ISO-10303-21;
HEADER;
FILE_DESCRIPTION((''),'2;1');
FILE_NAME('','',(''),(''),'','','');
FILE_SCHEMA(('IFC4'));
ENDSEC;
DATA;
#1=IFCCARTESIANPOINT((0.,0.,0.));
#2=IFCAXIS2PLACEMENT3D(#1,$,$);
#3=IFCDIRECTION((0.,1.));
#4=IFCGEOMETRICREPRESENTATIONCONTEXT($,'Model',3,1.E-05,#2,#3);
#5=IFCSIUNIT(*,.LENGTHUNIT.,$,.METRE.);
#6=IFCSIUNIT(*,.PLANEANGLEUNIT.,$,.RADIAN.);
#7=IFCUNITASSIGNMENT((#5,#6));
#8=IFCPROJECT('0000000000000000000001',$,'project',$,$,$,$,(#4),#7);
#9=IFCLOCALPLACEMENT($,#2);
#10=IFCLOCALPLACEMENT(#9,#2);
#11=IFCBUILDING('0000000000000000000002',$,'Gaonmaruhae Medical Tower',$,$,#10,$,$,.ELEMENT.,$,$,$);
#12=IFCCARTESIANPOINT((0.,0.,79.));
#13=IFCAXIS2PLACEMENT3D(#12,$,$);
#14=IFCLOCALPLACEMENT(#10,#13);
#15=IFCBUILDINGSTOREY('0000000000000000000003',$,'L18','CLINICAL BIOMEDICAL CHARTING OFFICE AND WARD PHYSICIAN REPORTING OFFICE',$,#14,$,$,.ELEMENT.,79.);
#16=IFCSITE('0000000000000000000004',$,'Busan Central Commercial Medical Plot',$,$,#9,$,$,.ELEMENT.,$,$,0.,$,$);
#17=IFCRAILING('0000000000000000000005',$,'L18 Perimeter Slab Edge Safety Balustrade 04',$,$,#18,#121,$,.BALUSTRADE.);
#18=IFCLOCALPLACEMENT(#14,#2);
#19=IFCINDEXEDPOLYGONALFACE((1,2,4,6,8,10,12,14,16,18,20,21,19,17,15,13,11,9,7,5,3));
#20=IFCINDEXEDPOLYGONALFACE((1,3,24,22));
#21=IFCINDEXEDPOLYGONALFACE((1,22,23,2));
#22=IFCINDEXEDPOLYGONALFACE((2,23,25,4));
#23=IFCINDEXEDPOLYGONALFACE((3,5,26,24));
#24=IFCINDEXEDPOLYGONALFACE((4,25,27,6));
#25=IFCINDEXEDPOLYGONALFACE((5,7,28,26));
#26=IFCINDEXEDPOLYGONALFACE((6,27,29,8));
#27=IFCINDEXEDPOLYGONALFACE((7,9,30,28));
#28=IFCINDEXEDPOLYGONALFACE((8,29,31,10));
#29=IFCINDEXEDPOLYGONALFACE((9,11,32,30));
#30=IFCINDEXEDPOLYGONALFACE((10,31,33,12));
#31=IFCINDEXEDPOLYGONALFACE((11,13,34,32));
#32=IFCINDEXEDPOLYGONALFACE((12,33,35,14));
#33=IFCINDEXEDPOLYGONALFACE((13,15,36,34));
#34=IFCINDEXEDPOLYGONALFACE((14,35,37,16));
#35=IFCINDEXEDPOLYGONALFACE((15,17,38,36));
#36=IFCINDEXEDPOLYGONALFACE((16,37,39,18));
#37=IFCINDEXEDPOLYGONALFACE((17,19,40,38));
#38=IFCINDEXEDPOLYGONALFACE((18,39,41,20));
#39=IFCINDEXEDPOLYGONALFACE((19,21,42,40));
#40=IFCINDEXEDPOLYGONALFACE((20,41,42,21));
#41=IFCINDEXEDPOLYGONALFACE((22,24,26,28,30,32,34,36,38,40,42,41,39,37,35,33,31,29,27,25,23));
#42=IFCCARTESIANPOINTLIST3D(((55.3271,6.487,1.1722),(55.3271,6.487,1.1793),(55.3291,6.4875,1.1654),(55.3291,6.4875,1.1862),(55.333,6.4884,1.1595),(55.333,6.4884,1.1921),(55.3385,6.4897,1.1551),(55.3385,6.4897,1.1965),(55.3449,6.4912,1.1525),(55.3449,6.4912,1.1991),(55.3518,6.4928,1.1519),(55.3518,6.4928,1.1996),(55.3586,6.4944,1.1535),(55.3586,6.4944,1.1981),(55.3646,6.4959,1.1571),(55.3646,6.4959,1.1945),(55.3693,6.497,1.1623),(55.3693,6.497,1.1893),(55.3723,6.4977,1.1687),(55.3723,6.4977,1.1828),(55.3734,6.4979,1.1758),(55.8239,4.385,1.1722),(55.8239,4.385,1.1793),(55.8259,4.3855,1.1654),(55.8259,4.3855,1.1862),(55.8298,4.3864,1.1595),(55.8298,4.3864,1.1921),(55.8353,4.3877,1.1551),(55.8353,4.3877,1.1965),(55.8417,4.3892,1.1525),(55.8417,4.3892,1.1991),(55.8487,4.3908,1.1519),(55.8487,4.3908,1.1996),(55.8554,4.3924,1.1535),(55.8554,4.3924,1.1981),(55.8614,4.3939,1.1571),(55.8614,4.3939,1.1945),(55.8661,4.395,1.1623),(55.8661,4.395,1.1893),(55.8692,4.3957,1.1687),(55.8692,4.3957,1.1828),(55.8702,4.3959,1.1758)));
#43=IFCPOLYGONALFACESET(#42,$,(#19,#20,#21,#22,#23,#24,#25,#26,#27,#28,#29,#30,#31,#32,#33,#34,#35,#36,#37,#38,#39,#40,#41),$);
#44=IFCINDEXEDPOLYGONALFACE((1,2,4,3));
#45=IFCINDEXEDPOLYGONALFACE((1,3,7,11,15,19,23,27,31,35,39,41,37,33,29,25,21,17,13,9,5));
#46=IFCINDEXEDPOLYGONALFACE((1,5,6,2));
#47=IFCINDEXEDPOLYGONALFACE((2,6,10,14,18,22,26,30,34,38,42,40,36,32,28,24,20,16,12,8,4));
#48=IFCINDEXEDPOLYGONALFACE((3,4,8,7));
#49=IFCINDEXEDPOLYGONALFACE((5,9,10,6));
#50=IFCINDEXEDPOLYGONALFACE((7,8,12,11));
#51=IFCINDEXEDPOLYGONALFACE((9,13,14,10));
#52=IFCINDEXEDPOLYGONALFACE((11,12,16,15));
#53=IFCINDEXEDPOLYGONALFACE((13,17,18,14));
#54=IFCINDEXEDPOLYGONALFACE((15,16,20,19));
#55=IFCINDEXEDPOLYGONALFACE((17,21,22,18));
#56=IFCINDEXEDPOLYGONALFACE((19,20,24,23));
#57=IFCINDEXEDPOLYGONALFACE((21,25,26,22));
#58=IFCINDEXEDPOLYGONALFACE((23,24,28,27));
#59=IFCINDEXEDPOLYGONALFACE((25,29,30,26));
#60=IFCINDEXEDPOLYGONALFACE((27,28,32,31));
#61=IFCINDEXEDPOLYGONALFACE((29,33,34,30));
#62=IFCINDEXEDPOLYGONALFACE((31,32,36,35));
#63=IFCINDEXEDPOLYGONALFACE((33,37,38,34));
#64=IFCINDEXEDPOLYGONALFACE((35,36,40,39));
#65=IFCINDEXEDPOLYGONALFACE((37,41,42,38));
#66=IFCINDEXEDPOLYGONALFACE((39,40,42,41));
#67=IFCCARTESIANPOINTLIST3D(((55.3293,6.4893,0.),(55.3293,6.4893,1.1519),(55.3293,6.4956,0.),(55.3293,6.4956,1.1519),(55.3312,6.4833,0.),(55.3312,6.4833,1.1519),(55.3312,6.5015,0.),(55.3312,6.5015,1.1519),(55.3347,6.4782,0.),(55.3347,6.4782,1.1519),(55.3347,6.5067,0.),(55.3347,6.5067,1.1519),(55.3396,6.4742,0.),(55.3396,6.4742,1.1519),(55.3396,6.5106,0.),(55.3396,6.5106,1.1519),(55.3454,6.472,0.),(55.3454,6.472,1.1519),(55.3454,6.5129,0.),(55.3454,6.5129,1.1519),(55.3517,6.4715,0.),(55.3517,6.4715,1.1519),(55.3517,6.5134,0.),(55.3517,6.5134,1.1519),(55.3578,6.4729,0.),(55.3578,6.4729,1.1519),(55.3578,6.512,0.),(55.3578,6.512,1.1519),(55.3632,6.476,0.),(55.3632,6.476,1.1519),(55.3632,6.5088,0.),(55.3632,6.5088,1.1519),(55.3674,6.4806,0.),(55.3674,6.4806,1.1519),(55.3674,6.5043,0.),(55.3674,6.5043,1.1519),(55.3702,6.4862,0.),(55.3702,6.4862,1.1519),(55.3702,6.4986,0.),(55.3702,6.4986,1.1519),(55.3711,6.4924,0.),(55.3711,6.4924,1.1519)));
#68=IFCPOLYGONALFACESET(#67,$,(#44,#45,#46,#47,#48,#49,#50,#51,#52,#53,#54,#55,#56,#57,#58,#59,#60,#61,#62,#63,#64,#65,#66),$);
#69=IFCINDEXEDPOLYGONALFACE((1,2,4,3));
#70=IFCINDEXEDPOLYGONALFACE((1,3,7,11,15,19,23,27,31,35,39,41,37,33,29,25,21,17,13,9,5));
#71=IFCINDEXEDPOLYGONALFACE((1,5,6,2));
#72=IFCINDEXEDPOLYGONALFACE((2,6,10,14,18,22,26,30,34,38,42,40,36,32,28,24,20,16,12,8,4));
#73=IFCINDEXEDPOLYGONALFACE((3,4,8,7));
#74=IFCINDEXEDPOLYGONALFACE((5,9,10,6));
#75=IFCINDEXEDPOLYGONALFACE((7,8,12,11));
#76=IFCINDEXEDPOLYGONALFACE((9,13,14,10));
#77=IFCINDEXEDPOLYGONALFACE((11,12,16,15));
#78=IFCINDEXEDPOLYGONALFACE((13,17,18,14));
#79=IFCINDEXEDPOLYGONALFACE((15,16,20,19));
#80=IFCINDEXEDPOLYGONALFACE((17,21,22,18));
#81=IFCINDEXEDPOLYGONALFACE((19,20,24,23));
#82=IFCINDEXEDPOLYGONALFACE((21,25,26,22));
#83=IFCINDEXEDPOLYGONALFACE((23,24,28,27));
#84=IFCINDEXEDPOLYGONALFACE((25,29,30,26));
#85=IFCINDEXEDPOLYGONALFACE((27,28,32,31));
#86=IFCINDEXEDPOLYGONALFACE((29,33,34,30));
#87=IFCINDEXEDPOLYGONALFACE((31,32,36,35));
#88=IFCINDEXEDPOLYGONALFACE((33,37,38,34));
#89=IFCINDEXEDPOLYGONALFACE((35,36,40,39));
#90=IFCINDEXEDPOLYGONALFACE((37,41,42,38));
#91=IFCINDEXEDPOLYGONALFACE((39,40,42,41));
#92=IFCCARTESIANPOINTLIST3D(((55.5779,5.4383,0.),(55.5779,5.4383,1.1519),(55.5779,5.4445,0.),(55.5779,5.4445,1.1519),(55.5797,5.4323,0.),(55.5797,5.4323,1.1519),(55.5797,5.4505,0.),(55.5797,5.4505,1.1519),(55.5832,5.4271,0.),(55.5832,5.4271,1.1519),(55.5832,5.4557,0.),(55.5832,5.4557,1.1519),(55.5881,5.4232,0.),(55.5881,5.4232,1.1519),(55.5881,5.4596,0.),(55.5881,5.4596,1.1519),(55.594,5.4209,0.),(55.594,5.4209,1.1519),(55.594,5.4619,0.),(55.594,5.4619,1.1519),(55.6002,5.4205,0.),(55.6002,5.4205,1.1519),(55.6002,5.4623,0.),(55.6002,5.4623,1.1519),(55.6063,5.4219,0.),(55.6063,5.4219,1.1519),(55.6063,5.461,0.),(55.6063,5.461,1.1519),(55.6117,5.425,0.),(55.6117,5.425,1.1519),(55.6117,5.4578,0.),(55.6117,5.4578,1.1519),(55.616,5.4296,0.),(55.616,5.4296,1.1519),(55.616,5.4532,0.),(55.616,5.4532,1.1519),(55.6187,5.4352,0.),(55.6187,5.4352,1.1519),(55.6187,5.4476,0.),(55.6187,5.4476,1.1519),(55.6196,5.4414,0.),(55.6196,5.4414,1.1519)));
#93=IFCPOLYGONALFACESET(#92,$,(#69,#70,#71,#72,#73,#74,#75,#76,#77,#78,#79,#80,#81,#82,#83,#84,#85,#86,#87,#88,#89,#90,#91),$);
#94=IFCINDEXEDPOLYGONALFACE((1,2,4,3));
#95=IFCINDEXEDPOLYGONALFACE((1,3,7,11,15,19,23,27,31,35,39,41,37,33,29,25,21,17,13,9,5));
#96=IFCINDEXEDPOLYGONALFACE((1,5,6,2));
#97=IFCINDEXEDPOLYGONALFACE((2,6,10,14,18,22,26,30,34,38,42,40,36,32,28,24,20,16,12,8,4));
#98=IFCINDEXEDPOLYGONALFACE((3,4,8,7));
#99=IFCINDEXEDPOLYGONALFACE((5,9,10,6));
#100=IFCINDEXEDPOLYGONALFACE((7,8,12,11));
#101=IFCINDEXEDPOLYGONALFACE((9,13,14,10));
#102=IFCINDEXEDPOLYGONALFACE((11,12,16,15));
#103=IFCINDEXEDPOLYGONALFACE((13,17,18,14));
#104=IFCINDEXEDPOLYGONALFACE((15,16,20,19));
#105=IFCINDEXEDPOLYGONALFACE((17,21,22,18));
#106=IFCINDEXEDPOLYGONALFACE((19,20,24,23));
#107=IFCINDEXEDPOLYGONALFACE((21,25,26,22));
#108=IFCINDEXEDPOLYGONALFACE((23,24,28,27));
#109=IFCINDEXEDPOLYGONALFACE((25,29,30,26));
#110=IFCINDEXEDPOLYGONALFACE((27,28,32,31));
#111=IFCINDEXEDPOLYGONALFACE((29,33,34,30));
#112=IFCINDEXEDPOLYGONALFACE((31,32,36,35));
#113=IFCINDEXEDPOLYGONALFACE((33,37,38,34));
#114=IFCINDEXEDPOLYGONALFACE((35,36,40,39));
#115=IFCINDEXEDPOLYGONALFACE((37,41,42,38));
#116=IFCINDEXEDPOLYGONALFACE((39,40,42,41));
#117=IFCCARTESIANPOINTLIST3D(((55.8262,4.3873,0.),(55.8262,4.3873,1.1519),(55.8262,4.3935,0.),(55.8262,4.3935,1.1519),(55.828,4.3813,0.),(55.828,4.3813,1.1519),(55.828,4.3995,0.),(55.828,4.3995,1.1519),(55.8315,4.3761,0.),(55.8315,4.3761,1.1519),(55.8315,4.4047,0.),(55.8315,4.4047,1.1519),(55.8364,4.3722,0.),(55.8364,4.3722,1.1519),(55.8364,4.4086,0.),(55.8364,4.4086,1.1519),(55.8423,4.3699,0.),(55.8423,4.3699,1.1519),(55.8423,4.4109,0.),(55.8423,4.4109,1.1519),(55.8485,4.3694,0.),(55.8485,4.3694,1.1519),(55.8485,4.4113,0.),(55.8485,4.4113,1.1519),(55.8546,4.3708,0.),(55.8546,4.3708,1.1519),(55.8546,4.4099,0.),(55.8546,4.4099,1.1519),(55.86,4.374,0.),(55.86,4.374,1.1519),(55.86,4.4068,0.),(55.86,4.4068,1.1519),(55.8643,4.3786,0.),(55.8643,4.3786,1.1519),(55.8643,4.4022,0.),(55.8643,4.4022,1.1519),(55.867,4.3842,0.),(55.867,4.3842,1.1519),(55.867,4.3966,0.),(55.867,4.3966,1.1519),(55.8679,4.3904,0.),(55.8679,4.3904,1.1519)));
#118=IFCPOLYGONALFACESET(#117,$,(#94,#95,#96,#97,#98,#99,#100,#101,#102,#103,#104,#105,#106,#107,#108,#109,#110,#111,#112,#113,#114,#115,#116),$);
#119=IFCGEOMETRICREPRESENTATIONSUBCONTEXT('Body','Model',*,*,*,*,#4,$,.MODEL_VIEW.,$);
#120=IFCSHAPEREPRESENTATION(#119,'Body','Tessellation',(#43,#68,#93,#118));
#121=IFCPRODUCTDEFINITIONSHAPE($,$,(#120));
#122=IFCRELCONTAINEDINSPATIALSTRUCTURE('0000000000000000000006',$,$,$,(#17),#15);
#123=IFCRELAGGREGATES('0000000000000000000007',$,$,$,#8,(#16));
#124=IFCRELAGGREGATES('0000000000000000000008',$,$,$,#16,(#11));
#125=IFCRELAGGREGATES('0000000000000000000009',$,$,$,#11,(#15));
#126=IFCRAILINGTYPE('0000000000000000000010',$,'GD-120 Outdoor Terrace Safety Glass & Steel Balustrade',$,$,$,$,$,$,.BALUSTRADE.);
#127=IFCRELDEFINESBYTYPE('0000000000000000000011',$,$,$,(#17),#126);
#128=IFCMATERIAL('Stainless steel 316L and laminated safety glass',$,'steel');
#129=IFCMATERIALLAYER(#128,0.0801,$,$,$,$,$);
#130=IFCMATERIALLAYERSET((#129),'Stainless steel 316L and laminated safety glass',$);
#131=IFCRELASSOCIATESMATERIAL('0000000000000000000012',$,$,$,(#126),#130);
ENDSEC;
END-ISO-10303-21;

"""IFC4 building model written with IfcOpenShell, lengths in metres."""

from ifc_helpers import new_model, si_unit, direction, frame, origin, origin_2d, place, context, subcontext, project, spatial, circle, extrude, material, layer, layer_set, type_object, element, save


model = new_model("IFC4")

# Units and contexts
model_context = context("Model", 3, precision=1e-05, world=origin(), true_north=direction((0.0, 1.0)))
body_context = subcontext(model_context, "Body", "Model", "MODEL_VIEW")
ifc_project = project(units=[si_unit("LENGTHUNIT", "METRE"), si_unit("PLANEANGLEUNIT", "RADIAN")], contexts=[model_context])

# Site, building, storey
site_placement = place(None, origin())
site = spatial("IfcSite", under=ifc_project, at=site_placement, Name="Busan Central Commercial Medical Plot", CompositionType="ELEMENT", RefElevation=0.0)
building_placement = place(site_placement, origin())
building = spatial("IfcBuilding", under=site, at=building_placement, Name="Gaonmaruhae Medical Tower", CompositionType="ELEMENT")
storey_placement = place(building_placement, frame((0.0, 0.0, 79.0)))
storey = spatial("IfcBuildingStorey", under=building, at=storey_placement, Name="L18", Description="CLINICAL BIOMEDICAL CHARTING OFFICE AND WARD PHYSICIAN REPORTING OFFICE", CompositionType="ELEMENT", Elevation=79.0)

# Railing
ifc_material_1 = material(Name="Stainless steel 316L and laminated safety glass", Category="steel")
ifc_layer_1 = layer(ifc_material_1, 0.0801)
ifc_layer_set_1 = layer_set([ifc_layer_1], Name="Stainless steel 316L and laminated safety glass")
railing_type_1 = type_object("IfcRailingType", Name="GD-120 Outdoor Terrace Safety Glass & Steel Balustrade", PredefinedType="BALUSTRADE", material=ifc_layer_set_1)
railing_1_placement = place(storey_placement, frame((55.3501, 6.4924, 0.0)))
element("IfcRailing", 1, at=railing_1_placement, inside=storey, type_object=railing_type_1, Name="L18 Perimeter Slab Edge Safety Balustrade 04", PredefinedType="BALUSTRADE", context=body_context, shape_type="SweptSolid", body=[
    extrude(circle(Radius=0.0239, at=origin_2d()), frame((0.0, 0.0, 1.1758), z_axis=(0.230016, -0.973187, 0.0), x_axis=(0.973187, 0.230016, 0.0)), (0.0, 0.0, 1.0), 2.1599),
    extrude(circle(Radius=0.021, at=origin_2d()), origin(), (0.0, 0.0, 1.0), 1.1519),
    extrude(circle(Radius=0.021, at=origin_2d()), frame((0.2485, -1.051, 0.0)), (0.0, 0.0, 1.0), 1.1519),
    extrude(circle(Radius=0.021, at=origin_2d()), frame((0.4968, -2.1021, 0.0)), (0.0, 0.0, 1.0), 1.1519),
])

save(model, "model.ifc")
